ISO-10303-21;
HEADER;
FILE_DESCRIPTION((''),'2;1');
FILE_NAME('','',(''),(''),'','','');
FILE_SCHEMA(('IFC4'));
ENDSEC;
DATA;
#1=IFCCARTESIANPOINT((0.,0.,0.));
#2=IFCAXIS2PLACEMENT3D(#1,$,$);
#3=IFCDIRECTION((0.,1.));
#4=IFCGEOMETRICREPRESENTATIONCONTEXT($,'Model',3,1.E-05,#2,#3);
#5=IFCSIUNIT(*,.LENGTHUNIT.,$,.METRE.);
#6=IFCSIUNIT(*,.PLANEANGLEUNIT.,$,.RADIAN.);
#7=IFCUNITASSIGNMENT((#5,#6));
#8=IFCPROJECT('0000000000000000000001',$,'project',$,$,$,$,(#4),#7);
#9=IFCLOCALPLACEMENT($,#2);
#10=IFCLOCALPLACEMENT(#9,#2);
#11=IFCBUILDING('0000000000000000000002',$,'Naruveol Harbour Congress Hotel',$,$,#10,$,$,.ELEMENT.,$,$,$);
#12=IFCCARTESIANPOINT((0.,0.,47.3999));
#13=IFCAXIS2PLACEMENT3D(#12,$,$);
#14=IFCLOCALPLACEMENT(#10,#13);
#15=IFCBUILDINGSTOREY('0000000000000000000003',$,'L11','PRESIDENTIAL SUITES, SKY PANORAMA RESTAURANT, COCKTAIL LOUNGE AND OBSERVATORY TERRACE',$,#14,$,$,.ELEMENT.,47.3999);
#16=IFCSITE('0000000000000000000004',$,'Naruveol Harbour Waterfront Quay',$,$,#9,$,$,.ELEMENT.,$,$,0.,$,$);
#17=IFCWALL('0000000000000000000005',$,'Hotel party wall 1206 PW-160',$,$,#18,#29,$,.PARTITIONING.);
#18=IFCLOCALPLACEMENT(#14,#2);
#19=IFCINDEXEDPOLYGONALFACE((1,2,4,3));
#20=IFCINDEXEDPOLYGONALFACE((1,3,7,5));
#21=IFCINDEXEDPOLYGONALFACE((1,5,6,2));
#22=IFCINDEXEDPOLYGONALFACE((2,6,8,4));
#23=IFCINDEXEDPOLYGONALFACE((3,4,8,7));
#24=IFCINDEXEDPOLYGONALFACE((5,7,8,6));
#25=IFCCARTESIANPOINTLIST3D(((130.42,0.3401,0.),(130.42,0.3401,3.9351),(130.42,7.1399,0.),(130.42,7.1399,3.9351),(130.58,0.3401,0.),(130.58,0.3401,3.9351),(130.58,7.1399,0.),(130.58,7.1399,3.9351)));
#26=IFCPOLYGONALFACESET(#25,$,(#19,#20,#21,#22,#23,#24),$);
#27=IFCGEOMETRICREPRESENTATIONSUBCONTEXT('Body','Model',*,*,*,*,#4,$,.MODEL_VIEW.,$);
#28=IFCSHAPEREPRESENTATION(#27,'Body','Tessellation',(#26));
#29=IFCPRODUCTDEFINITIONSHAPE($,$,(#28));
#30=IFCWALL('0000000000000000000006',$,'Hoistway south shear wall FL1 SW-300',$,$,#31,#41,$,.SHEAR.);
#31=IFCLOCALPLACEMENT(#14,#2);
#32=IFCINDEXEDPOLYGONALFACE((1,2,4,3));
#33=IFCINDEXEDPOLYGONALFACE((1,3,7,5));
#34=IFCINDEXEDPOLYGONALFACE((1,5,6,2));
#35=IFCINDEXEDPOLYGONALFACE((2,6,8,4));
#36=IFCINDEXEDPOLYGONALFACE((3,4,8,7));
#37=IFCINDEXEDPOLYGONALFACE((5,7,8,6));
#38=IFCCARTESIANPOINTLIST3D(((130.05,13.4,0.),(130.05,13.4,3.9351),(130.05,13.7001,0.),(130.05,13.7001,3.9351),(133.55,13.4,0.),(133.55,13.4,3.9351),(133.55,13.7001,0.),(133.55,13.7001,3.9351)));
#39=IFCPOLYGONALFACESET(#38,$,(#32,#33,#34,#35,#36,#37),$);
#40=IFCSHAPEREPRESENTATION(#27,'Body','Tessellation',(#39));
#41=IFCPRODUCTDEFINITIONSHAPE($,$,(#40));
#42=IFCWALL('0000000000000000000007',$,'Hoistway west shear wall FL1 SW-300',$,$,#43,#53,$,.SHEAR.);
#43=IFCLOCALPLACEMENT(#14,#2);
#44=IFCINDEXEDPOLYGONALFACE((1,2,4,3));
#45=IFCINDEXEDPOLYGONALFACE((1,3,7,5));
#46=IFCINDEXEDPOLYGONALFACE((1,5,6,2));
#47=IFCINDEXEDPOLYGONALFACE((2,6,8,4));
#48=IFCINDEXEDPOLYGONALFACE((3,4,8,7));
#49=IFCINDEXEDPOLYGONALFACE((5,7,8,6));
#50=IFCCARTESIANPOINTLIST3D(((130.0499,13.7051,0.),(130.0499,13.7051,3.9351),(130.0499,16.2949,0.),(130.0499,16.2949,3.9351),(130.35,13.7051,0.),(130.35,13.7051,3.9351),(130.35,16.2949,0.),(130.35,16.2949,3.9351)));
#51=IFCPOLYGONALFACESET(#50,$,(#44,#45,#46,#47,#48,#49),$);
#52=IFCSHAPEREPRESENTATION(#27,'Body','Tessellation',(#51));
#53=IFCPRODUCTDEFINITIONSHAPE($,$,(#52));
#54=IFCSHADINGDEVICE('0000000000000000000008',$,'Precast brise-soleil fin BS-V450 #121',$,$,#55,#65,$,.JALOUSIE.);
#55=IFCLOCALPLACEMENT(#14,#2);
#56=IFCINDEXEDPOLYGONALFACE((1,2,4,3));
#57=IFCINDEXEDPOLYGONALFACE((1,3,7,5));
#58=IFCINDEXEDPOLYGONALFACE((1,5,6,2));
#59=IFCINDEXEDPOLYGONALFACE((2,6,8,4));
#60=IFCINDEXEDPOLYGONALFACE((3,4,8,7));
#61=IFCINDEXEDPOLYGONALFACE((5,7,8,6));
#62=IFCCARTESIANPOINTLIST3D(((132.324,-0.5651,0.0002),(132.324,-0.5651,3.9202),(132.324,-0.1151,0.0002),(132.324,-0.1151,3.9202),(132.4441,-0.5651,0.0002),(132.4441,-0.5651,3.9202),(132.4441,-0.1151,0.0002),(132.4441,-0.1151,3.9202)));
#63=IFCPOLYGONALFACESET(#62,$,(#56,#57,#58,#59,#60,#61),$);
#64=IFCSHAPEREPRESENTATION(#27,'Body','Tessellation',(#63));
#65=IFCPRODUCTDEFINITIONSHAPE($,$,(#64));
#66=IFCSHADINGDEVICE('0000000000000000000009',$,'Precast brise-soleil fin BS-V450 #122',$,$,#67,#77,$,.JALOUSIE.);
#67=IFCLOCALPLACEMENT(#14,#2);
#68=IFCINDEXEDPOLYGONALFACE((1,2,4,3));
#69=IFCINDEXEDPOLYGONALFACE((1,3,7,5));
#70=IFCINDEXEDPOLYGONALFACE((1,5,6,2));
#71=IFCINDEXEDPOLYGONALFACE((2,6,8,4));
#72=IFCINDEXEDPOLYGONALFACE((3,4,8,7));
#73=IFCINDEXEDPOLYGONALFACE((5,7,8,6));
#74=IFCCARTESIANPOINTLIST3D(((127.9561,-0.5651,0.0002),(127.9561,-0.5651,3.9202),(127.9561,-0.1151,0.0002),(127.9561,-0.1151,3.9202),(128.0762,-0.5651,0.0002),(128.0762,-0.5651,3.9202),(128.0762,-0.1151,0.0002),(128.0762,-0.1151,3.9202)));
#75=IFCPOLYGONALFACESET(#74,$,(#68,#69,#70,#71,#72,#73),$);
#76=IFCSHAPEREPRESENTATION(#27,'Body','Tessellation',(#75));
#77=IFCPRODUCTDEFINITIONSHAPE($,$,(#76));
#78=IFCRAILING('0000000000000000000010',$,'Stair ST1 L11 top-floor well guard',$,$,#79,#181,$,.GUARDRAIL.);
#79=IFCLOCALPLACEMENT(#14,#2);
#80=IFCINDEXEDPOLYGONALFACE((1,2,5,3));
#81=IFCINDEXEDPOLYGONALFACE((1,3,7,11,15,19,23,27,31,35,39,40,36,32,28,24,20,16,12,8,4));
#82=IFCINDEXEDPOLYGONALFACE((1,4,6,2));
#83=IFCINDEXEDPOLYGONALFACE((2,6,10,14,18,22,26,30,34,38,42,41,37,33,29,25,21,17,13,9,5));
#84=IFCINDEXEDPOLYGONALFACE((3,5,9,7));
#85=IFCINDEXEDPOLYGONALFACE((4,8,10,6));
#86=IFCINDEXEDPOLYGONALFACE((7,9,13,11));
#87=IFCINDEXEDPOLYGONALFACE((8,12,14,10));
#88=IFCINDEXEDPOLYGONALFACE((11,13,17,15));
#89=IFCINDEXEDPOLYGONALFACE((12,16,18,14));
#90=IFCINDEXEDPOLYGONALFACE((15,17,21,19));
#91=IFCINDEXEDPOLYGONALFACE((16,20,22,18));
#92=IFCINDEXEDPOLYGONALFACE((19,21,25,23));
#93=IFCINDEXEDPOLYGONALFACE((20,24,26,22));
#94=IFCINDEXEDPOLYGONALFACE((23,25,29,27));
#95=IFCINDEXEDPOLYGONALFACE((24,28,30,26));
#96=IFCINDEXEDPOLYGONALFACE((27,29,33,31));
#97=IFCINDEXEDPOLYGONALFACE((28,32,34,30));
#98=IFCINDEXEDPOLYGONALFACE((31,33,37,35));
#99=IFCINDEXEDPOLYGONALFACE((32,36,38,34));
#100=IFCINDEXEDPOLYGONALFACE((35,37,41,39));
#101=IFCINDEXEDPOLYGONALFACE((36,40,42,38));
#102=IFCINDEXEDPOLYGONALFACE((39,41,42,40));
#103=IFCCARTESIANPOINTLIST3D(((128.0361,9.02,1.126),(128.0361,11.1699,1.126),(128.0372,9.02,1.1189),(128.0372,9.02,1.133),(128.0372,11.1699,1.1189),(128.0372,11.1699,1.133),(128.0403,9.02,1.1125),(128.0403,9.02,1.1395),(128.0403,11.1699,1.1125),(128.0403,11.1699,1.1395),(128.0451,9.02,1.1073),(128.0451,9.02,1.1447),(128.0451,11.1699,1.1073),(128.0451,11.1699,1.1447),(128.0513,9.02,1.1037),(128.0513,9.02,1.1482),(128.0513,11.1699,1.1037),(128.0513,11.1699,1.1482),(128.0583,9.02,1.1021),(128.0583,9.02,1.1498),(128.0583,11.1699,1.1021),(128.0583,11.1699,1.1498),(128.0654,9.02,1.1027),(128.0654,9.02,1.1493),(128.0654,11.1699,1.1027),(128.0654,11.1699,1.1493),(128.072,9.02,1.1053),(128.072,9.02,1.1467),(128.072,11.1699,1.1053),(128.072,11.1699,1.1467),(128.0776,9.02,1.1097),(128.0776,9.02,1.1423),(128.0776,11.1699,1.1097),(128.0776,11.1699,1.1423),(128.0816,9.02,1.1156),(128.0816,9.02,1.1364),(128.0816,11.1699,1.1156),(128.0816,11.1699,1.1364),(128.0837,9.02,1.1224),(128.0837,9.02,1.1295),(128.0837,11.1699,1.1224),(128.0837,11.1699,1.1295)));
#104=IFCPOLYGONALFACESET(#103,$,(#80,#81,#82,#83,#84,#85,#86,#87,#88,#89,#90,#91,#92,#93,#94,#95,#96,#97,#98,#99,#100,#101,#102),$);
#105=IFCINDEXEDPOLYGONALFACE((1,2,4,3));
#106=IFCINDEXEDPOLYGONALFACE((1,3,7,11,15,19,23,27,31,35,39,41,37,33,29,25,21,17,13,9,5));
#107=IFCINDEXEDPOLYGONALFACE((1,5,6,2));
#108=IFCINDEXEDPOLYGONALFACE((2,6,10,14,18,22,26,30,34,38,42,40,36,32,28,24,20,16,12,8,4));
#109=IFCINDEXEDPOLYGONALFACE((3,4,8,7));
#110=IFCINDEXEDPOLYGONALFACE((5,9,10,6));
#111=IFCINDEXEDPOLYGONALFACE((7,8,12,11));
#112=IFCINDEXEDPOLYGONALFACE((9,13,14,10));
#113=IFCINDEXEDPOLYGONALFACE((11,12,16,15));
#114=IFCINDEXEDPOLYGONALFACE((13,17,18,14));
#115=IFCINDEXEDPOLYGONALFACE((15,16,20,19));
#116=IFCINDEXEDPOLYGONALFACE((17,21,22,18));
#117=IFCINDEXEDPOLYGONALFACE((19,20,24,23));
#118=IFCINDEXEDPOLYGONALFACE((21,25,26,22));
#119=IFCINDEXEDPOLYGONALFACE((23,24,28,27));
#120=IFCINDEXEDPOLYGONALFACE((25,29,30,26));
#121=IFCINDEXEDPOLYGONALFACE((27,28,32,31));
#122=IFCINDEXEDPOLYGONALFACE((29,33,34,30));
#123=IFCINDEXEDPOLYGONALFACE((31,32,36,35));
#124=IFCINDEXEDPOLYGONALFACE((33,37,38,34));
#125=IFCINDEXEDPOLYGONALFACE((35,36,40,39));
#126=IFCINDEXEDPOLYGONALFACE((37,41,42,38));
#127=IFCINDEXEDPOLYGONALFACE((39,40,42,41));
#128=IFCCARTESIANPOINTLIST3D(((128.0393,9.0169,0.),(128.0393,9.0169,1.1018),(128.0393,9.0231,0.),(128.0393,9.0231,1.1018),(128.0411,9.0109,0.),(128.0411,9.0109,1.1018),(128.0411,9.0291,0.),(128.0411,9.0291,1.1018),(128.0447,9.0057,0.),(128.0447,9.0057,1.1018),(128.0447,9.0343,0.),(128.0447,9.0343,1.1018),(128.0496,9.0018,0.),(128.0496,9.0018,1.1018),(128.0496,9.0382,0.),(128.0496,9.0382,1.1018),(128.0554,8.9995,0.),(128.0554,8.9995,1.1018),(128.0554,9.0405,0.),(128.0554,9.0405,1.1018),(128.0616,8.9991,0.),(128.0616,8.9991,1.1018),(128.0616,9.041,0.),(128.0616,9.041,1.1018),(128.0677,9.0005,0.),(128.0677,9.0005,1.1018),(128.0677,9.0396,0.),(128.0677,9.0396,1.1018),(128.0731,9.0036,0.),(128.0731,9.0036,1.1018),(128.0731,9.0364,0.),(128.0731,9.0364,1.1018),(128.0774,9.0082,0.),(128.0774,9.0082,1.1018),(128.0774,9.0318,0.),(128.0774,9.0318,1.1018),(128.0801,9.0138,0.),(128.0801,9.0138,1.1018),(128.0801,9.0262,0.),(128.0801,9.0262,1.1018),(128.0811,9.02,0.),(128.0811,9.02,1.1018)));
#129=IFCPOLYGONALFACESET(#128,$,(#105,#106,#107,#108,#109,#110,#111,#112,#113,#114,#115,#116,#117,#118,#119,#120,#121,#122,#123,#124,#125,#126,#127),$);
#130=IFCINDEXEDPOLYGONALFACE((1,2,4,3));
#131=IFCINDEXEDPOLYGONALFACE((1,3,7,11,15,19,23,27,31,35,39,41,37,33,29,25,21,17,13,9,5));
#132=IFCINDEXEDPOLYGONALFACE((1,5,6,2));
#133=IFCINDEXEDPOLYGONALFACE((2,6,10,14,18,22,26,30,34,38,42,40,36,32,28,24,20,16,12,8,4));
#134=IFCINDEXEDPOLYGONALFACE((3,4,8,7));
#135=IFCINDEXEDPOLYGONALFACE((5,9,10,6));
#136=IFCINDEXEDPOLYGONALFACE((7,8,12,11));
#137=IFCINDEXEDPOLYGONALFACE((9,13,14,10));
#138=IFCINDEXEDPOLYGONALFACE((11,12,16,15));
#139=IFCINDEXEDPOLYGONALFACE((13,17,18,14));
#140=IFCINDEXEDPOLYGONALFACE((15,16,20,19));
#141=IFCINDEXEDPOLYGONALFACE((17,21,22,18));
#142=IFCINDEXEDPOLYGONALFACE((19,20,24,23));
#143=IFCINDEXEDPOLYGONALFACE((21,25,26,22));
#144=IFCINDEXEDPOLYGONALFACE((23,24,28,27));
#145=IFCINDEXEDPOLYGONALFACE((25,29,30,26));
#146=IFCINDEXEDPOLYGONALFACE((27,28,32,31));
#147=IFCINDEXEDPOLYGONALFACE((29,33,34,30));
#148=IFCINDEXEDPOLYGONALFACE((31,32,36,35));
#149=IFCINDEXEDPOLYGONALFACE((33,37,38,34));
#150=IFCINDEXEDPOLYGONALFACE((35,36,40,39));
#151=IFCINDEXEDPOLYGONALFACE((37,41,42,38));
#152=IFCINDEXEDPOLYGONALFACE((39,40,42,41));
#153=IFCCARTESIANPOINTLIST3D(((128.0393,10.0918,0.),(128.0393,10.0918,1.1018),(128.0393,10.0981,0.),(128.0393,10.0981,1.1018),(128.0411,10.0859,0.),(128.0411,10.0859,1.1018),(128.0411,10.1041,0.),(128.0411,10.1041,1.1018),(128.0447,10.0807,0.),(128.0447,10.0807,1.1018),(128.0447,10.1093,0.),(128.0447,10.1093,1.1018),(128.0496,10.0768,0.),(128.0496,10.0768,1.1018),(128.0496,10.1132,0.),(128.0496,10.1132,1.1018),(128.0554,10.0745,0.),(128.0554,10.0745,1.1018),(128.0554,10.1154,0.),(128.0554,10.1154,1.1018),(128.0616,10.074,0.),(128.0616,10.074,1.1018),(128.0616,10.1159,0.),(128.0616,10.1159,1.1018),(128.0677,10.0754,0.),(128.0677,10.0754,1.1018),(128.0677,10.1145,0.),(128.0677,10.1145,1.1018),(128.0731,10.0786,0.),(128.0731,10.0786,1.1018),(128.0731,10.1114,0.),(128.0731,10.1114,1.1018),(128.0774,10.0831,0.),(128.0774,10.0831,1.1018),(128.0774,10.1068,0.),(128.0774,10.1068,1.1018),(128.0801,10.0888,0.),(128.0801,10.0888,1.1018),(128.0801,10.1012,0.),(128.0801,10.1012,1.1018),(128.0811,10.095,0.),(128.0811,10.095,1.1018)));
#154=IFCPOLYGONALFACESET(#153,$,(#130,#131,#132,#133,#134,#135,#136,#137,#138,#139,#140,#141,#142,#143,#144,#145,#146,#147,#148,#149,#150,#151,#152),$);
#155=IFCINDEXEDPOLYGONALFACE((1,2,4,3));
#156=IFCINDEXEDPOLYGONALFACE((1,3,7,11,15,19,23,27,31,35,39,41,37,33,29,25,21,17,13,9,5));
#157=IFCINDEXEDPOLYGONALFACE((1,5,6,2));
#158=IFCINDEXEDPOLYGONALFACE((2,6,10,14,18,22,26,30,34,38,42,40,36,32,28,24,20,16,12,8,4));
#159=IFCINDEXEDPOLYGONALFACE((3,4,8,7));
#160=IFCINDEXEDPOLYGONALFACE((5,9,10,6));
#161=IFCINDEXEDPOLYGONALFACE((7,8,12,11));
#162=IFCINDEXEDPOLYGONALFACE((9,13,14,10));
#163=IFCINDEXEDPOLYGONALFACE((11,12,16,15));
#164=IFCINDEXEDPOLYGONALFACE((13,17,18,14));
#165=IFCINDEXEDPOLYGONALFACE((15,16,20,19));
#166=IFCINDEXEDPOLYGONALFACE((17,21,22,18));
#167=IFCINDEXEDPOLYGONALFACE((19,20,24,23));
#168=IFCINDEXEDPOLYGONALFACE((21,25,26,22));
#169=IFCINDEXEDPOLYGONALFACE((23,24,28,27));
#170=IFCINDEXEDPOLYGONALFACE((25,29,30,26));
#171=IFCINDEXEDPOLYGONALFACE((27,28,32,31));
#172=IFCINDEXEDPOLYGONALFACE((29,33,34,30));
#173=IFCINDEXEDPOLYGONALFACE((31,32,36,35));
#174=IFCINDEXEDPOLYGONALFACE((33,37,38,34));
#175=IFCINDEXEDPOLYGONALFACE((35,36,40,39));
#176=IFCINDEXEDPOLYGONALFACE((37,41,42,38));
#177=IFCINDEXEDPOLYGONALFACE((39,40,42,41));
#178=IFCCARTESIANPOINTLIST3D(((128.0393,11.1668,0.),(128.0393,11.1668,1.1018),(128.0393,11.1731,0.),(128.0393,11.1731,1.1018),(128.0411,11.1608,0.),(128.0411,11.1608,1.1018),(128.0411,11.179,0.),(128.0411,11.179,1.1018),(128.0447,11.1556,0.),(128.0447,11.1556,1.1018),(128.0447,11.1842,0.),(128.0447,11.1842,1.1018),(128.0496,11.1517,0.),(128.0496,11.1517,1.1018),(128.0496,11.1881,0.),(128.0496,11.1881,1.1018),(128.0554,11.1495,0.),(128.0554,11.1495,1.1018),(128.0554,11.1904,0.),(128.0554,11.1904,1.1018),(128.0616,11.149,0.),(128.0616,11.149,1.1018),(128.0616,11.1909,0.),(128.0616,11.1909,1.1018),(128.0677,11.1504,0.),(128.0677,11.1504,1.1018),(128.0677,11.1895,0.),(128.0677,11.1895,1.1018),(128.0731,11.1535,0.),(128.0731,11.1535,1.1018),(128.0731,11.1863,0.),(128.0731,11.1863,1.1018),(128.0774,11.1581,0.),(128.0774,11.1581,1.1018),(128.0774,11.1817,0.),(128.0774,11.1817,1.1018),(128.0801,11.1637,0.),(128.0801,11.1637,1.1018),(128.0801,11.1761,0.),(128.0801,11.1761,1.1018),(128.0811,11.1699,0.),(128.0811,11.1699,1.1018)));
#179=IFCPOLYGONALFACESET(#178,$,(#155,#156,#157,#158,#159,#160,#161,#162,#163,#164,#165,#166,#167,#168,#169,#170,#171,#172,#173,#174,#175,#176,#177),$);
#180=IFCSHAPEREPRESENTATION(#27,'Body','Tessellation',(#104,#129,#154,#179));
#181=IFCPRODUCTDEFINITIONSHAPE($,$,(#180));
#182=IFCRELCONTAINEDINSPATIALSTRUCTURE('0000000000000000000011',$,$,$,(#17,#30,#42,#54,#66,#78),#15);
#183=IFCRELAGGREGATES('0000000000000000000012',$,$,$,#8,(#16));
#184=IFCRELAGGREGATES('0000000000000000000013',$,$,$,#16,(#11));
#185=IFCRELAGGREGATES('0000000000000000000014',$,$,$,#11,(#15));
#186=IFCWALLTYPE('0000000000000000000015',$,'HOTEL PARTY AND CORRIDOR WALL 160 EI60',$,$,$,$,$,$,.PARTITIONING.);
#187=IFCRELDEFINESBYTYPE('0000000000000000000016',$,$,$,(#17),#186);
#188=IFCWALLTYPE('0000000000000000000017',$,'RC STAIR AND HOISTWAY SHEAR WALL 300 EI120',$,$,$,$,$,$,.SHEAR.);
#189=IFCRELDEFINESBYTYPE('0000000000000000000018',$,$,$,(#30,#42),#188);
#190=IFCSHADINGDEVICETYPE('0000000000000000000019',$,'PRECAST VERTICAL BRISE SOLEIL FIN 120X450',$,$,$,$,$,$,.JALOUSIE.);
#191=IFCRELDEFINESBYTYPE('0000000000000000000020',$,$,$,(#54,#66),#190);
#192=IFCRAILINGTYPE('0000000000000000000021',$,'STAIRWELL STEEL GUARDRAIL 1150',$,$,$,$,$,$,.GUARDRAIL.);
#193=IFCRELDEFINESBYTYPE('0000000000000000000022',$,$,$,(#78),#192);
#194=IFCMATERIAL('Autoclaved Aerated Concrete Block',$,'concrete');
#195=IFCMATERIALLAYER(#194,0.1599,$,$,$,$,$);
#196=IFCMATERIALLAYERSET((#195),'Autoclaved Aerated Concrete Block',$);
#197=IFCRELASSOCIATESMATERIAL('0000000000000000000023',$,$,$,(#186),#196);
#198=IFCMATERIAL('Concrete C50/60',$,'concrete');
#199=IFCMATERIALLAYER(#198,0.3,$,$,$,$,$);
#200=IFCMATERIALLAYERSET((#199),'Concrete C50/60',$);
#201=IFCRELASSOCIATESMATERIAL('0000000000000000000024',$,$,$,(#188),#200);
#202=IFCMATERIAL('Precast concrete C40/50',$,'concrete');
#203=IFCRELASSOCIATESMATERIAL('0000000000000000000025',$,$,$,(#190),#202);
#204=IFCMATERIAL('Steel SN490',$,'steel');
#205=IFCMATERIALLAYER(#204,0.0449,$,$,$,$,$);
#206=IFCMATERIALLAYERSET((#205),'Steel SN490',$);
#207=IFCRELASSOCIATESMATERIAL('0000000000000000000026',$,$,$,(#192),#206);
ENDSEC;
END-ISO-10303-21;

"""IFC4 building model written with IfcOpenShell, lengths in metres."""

from ifc_helpers import new_model, si_unit, direction, frame, frame_2d, origin, origin_2d, place, context, subcontext, project, spatial, rectangle, circle, extrude, material, layer, layer_set, type_object, element, save


model = new_model("IFC4")

# Units and contexts
model_context = context("Model", 3, precision=1e-05, world=origin(), true_north=direction((0.0, 1.0)))
body_context = subcontext(model_context, "Body", "Model", "MODEL_VIEW")
ifc_project = project(units=[si_unit("LENGTHUNIT", "METRE"), si_unit("PLANEANGLEUNIT", "RADIAN")], contexts=[model_context])

# Site, building, storey
site_placement = place(None, origin())
site = spatial("IfcSite", under=ifc_project, at=site_placement, Name="Naruveol Harbour Waterfront Quay", CompositionType="ELEMENT", RefElevation=0.0)
building_placement = place(site_placement, origin())
building = spatial("IfcBuilding", under=site, at=building_placement, Name="Naruveol Harbour Congress Hotel", CompositionType="ELEMENT")
storey_placement = place(building_placement, frame((0.0, 0.0, 47.3999)))
storey = spatial("IfcBuildingStorey", under=building, at=storey_placement, Name="L11", Description="PRESIDENTIAL SUITES, SKY PANORAMA RESTAURANT, COCKTAIL LOUNGE AND OBSERVATORY TERRACE", CompositionType="ELEMENT", Elevation=47.3999)

# Shared definitions
ifc_material_1 = material(Name="Autoclaved Aerated Concrete Block", Category="concrete")
ifc_layer_1 = layer(ifc_material_1, 0.1599)
ifc_layer_set_1 = layer_set([ifc_layer_1], Name="Autoclaved Aerated Concrete Block")
wall_type_1 = type_object("IfcWallType", Name="HOTEL PARTY AND CORRIDOR WALL 160 EI60", PredefinedType="PARTITIONING", material=ifc_layer_set_1)

# Walls
wall_1_placement = place(storey_placement, frame((130.5, 0.3401, 0.0), z_axis=(0.0, 0.0, 1.0), x_axis=(0.0, 1.0, 0.0)))
element("IfcWall", 1, at=wall_1_placement, inside=storey, type_object=wall_type_1, Name="Hotel party wall 1206 PW-160", PredefinedType="PARTITIONING", context=body_context, shape_type="SweptSolid", body=[
    extrude(rectangle(XDim=6.7998, YDim=0.1599, at=frame_2d((3.3999, 0.0))), origin(), (0.0, 0.0, 1.0), 3.9351),
])
ifc_material_2 = material(Name="Concrete C50/60", Category="concrete")
ifc_layer_2 = layer(ifc_material_2, 0.3)
ifc_layer_set_2 = layer_set([ifc_layer_2], Name="Concrete C50/60")
wall_type_2 = type_object("IfcWallType", Name="RC STAIR AND HOISTWAY SHEAR WALL 300 EI120", PredefinedType="SHEAR", material=ifc_layer_set_2)
wall_2_placement = place(storey_placement, frame((130.05, 13.55, 0.0), z_axis=(0.0, 0.0, 1.0), x_axis=(1.0, 0.0, 0.0)))
element("IfcWall", 2, at=wall_2_placement, inside=storey, type_object=wall_type_2, Name="Hoistway south shear wall FL1 SW-300", PredefinedType="SHEAR", context=body_context, shape_type="SweptSolid", body=[
    extrude(rectangle(XDim=3.5, YDim=0.3, at=frame_2d((1.75, 0.0))), origin(), (0.0, 0.0, 1.0), 3.9351),
])
wall_3_placement = place(storey_placement, frame((130.2, 16.2949, 0.0), z_axis=(0.0, 0.0, 1.0), x_axis=(0.0, -1.0, 0.0)))
element("IfcWall", 3, at=wall_3_placement, inside=storey, type_object=wall_type_2, Name="Hoistway west shear wall FL1 SW-300", PredefinedType="SHEAR", context=body_context, shape_type="SweptSolid", body=[
    extrude(rectangle(XDim=2.5898, YDim=0.3, at=frame_2d((1.2949, 0.0))), origin(), (0.0, 0.0, 1.0), 3.9351),
])

# Shading devices
ifc_material_3 = material(Name="Precast concrete C40/50", Category="concrete")
shading_device_type = type_object("IfcShadingDeviceType", Name="PRECAST VERTICAL BRISE SOLEIL FIN 120X450", PredefinedType="JALOUSIE", material=ifc_material_3)
for number, where, z_axis, x_axis, name in (
    (4, (132.384, -0.3401, 0.0002), (0.0, 0.0, 1.0), (-1.0, 0.0, 0.0), "Precast brise-soleil fin BS-V450 #121"),
    (5, (128.0161, -0.3401, 0.0002), (0.0, 0.0, 1.0), (-1.0, 0.0, 0.0), "Precast brise-soleil fin BS-V450 #122"),
):
    element("IfcShadingDevice", number, at=place(storey_placement, frame(where, z_axis=z_axis, x_axis=x_axis)), inside=storey, type_object=shading_device_type, Name=name, PredefinedType="JALOUSIE", context=body_context, shape_type="SweptSolid", body=[
        extrude(rectangle(XDim=0.1201, YDim=0.45, at=origin_2d()), origin(), (0.0, 0.0, 1.0), 3.9199),
    ])

# Railing
ifc_material_4 = material(Name="Steel SN490", Category="steel")
ifc_layer_3 = layer(ifc_material_4, 0.0449)
ifc_layer_set_3 = layer_set([ifc_layer_3], Name="Steel SN490")
railing_type = type_object("IfcRailingType", Name="STAIRWELL STEEL GUARDRAIL 1150", PredefinedType="GUARDRAIL", material=ifc_layer_set_3)
railing_placement = place(storey_placement, frame((128.0601, 9.02, 0.0)))
element("IfcRailing", 6, at=railing_placement, inside=storey, type_object=railing_type, Name="Stair ST1 L11 top-floor well guard", PredefinedType="GUARDRAIL", context=body_context, shape_type="SweptSolid", body=[
    extrude(circle(Radius=0.0239, at=origin_2d()), frame((0.0, 0.0, 1.126), z_axis=(0.0, 1.0, 0.0), x_axis=(-1.0, 0.0, 0.0)), (0.0, 0.0, 1.0), 2.1499),
    extrude(circle(Radius=0.021, at=origin_2d()), origin(), (0.0, 0.0, 1.0), 1.1018),
    extrude(circle(Radius=0.021, at=origin_2d()), frame((0.0, 1.075, 0.0)), (0.0, 0.0, 1.0), 1.1018),
    extrude(circle(Radius=0.021, at=origin_2d()), frame((0.0, 2.1499, 0.0)), (0.0, 0.0, 1.0), 1.1018),
])

save(model, "model.ifc")
